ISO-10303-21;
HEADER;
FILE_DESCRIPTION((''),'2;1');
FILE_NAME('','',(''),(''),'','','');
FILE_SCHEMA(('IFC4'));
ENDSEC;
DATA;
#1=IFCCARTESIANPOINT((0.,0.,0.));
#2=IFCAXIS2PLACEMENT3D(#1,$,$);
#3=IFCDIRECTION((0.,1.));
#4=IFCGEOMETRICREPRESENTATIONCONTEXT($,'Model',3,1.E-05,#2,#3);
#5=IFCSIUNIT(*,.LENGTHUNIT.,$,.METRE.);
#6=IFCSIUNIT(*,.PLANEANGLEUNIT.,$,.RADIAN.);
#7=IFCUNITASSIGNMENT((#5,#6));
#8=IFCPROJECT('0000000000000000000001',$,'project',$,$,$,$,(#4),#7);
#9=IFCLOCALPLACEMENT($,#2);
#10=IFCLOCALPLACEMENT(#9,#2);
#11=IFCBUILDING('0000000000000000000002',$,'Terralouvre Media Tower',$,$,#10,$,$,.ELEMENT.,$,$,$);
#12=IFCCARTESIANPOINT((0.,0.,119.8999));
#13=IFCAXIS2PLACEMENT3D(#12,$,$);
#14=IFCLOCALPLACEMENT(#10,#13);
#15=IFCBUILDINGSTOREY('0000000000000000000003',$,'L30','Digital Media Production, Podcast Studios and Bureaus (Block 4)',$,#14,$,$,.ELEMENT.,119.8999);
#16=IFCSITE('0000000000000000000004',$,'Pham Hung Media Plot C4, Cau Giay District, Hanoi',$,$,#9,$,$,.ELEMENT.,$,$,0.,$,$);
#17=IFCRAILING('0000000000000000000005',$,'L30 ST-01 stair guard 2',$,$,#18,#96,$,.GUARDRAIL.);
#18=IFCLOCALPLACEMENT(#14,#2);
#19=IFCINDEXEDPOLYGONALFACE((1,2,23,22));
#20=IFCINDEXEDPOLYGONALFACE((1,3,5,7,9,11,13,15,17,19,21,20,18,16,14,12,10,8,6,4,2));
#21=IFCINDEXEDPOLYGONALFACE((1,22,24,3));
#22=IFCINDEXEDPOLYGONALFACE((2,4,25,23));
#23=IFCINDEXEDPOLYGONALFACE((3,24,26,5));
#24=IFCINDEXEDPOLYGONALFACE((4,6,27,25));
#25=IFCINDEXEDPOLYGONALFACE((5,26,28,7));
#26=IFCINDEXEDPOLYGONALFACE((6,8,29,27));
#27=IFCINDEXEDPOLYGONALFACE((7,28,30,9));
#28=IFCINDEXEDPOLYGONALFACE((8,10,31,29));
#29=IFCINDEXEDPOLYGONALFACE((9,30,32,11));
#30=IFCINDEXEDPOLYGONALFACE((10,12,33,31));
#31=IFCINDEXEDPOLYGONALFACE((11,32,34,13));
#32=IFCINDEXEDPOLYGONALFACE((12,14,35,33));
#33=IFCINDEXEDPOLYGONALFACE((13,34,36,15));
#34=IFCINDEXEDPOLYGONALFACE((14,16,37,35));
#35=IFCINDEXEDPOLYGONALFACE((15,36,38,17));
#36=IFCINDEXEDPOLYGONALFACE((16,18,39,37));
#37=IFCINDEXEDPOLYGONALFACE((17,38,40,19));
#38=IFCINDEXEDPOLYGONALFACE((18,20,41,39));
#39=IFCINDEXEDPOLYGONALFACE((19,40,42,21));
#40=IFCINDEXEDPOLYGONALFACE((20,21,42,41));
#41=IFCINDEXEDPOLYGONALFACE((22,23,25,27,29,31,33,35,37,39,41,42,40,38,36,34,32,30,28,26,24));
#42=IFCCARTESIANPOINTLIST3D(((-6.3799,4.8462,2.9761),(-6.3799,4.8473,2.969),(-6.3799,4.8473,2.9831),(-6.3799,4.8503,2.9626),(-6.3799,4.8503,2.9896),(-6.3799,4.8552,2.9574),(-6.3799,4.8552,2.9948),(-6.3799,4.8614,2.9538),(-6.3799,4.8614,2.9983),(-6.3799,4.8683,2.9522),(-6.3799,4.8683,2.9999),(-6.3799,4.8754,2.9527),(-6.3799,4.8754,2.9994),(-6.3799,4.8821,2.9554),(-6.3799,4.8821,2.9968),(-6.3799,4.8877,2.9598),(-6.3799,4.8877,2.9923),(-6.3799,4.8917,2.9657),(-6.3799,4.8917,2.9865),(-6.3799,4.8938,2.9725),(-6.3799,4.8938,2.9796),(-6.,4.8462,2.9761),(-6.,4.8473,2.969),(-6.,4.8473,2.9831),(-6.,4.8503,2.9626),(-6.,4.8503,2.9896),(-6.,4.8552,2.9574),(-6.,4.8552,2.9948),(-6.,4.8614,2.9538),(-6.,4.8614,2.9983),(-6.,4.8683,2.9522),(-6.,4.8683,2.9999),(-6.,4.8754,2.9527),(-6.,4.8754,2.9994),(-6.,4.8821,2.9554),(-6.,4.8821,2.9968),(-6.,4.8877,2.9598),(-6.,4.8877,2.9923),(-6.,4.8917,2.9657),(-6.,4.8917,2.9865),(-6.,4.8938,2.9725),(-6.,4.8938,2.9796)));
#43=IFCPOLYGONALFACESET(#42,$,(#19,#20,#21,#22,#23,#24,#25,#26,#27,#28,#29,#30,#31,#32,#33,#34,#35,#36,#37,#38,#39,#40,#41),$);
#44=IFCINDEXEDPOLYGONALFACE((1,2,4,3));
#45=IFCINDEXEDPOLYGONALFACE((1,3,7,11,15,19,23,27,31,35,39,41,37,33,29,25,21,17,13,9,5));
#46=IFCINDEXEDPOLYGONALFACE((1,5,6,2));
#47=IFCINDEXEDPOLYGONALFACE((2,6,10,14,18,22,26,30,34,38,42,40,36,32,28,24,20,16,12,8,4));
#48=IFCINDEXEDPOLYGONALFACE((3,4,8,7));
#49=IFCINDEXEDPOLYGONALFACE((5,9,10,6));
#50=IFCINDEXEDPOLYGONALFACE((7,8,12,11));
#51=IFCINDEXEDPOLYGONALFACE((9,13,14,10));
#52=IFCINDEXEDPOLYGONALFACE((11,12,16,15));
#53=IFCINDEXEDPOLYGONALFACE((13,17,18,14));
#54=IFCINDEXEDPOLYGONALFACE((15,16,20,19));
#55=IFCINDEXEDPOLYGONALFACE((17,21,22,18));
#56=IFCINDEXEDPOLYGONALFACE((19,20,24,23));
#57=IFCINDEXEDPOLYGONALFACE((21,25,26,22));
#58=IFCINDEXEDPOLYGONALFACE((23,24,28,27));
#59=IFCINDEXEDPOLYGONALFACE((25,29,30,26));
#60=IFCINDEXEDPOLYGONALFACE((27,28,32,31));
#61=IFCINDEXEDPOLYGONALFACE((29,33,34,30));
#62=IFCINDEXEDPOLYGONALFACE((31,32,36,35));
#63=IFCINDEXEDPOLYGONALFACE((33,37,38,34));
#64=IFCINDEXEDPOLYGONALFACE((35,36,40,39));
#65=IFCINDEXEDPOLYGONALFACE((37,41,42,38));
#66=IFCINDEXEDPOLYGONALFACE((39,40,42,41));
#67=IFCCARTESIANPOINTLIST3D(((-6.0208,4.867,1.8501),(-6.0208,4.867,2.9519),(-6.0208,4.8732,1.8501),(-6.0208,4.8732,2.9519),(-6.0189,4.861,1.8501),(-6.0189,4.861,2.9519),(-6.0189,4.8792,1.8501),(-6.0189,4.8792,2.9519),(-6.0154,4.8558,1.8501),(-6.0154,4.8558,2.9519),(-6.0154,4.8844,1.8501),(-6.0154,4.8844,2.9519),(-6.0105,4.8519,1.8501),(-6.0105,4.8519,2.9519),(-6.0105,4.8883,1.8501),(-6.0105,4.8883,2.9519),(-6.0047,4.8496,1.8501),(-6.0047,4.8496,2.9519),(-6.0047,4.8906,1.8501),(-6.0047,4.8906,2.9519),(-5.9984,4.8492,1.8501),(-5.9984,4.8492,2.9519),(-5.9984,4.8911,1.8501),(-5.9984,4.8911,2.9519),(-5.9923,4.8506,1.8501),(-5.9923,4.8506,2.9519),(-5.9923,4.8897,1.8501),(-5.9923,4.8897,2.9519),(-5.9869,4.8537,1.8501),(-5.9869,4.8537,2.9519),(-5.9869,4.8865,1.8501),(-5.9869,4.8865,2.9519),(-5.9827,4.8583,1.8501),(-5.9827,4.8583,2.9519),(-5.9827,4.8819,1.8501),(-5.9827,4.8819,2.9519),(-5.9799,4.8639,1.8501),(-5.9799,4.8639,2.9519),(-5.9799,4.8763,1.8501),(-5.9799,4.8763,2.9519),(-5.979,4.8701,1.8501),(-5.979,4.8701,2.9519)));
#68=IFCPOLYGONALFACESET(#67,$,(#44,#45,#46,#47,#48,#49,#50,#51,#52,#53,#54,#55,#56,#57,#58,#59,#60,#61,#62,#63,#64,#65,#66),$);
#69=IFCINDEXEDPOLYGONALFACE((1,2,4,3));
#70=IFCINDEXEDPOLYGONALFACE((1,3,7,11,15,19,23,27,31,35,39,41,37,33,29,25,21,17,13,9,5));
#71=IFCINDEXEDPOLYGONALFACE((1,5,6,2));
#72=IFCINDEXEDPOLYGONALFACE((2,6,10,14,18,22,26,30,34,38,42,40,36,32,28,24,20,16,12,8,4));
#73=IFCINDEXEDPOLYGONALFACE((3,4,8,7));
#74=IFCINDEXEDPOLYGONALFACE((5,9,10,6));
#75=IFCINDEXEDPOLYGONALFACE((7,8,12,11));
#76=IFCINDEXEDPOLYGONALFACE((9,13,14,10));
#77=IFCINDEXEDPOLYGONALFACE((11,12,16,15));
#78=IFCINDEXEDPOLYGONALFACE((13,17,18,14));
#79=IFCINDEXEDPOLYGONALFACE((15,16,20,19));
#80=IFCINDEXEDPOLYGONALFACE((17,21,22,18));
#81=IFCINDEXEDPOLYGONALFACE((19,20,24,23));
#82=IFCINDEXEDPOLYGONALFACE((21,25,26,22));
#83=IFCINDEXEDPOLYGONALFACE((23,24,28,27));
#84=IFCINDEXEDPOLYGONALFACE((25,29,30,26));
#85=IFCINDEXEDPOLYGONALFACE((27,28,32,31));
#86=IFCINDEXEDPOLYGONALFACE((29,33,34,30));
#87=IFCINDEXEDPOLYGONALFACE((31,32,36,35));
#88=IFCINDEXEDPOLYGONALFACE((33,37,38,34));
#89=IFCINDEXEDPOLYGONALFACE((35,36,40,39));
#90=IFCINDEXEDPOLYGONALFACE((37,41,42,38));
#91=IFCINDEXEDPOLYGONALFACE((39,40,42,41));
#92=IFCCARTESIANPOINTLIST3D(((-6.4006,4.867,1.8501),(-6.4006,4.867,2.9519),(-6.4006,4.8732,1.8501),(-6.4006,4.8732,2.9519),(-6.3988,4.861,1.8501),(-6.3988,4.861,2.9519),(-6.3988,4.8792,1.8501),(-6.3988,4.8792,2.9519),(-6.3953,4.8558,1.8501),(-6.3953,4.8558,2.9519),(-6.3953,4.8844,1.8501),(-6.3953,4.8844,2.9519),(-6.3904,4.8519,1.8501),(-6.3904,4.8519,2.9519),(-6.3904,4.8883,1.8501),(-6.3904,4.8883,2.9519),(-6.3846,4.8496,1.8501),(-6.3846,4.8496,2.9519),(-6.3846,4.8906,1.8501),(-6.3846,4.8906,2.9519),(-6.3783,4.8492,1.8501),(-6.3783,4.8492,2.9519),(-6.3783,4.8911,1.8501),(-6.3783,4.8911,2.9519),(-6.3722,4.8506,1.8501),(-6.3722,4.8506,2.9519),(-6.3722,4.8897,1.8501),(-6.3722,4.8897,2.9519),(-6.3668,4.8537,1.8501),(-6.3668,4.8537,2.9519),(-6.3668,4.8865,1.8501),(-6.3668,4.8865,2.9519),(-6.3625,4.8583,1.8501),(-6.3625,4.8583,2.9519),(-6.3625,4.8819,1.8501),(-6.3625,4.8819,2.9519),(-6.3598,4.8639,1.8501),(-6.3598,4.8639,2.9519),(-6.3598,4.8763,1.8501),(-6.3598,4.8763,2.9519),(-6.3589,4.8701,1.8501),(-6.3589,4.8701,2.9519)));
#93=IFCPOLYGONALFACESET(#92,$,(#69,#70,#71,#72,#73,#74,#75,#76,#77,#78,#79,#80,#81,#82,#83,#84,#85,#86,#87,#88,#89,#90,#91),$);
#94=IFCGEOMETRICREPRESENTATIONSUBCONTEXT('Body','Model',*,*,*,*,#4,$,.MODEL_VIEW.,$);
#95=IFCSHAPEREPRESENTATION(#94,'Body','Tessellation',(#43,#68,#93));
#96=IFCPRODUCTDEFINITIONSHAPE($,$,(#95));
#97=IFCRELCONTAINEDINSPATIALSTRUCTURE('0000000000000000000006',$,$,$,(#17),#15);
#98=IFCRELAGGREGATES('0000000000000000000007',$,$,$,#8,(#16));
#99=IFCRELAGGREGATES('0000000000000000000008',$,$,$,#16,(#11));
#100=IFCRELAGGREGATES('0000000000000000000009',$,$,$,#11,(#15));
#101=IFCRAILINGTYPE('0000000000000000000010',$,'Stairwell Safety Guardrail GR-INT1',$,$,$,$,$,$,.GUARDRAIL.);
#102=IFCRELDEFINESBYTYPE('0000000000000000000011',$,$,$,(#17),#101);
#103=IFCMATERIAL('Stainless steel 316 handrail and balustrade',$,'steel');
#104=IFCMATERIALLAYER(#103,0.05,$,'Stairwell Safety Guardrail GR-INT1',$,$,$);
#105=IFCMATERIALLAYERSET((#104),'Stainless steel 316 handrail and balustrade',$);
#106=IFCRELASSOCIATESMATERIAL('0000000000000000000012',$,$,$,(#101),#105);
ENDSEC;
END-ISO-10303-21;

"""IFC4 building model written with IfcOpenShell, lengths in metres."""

from ifc_helpers import new_model, si_unit, direction, frame, origin, origin_2d, place, context, subcontext, project, spatial, circle, extrude, material, layer, layer_set, type_object, element, save


model = new_model("IFC4")

# Units and contexts
model_context = context("Model", 3, precision=1e-05, world=origin(), true_north=direction((0.0, 1.0)))
body_context = subcontext(model_context, "Body", "Model", "MODEL_VIEW")
ifc_project = project(units=[si_unit("LENGTHUNIT", "METRE"), si_unit("PLANEANGLEUNIT", "RADIAN")], contexts=[model_context])

# Site, building, storey
site_placement = place(None, origin())
site = spatial("IfcSite", under=ifc_project, at=site_placement, Name="Pham Hung Media Plot C4, Cau Giay District, Hanoi", CompositionType="ELEMENT", RefElevation=0.0)
building_placement = place(site_placement, origin())
building = spatial("IfcBuilding", under=site, at=building_placement, Name="Terralouvre Media Tower", CompositionType="ELEMENT")
storey_placement = place(building_placement, frame((0.0, 0.0, 119.8999)))
storey = spatial("IfcBuildingStorey", under=building, at=storey_placement, Name="L30", Description="Digital Media Production, Podcast Studios and Bureaus (Block 4)", CompositionType="ELEMENT", Elevation=119.8999)

# Railing
ifc_material_1 = material(Name="Stainless steel 316 handrail and balustrade", Category="steel")
ifc_layer_1 = layer(ifc_material_1, 0.05, Name="Stairwell Safety Guardrail GR-INT1")
ifc_layer_set_1 = layer_set([ifc_layer_1], Name="Stainless steel 316 handrail and balustrade")
railing_type_1 = type_object("IfcRailingType", Name="Stairwell Safety Guardrail GR-INT1", PredefinedType="GUARDRAIL", material=ifc_layer_set_1)
railing_1_placement = place(storey_placement, frame((-6.0, 4.8701, 1.8501)))
element("IfcRailing", 1, at=railing_1_placement, inside=storey, type_object=railing_type_1, Name="L30 ST-01 stair guard 2", PredefinedType="GUARDRAIL", context=body_context, shape_type="SweptSolid", body=[
    extrude(circle(Radius=0.0239, at=origin_2d()), frame((0.0, 0.0, 1.126), z_axis=(-1.0, 0.0, 0.0), x_axis=(0.0, -1.0, 0.0)), (0.0, 0.0, 1.0), 0.3799),
    extrude(circle(Radius=0.021, at=origin_2d()), origin(), (0.0, 0.0, 1.0), 1.1018),
    extrude(circle(Radius=0.021, at=origin_2d()), frame((-0.3799, 0.0, 0.0)), (0.0, 0.0, 1.0), 1.1018),
])

save(model, "model.ifc")
